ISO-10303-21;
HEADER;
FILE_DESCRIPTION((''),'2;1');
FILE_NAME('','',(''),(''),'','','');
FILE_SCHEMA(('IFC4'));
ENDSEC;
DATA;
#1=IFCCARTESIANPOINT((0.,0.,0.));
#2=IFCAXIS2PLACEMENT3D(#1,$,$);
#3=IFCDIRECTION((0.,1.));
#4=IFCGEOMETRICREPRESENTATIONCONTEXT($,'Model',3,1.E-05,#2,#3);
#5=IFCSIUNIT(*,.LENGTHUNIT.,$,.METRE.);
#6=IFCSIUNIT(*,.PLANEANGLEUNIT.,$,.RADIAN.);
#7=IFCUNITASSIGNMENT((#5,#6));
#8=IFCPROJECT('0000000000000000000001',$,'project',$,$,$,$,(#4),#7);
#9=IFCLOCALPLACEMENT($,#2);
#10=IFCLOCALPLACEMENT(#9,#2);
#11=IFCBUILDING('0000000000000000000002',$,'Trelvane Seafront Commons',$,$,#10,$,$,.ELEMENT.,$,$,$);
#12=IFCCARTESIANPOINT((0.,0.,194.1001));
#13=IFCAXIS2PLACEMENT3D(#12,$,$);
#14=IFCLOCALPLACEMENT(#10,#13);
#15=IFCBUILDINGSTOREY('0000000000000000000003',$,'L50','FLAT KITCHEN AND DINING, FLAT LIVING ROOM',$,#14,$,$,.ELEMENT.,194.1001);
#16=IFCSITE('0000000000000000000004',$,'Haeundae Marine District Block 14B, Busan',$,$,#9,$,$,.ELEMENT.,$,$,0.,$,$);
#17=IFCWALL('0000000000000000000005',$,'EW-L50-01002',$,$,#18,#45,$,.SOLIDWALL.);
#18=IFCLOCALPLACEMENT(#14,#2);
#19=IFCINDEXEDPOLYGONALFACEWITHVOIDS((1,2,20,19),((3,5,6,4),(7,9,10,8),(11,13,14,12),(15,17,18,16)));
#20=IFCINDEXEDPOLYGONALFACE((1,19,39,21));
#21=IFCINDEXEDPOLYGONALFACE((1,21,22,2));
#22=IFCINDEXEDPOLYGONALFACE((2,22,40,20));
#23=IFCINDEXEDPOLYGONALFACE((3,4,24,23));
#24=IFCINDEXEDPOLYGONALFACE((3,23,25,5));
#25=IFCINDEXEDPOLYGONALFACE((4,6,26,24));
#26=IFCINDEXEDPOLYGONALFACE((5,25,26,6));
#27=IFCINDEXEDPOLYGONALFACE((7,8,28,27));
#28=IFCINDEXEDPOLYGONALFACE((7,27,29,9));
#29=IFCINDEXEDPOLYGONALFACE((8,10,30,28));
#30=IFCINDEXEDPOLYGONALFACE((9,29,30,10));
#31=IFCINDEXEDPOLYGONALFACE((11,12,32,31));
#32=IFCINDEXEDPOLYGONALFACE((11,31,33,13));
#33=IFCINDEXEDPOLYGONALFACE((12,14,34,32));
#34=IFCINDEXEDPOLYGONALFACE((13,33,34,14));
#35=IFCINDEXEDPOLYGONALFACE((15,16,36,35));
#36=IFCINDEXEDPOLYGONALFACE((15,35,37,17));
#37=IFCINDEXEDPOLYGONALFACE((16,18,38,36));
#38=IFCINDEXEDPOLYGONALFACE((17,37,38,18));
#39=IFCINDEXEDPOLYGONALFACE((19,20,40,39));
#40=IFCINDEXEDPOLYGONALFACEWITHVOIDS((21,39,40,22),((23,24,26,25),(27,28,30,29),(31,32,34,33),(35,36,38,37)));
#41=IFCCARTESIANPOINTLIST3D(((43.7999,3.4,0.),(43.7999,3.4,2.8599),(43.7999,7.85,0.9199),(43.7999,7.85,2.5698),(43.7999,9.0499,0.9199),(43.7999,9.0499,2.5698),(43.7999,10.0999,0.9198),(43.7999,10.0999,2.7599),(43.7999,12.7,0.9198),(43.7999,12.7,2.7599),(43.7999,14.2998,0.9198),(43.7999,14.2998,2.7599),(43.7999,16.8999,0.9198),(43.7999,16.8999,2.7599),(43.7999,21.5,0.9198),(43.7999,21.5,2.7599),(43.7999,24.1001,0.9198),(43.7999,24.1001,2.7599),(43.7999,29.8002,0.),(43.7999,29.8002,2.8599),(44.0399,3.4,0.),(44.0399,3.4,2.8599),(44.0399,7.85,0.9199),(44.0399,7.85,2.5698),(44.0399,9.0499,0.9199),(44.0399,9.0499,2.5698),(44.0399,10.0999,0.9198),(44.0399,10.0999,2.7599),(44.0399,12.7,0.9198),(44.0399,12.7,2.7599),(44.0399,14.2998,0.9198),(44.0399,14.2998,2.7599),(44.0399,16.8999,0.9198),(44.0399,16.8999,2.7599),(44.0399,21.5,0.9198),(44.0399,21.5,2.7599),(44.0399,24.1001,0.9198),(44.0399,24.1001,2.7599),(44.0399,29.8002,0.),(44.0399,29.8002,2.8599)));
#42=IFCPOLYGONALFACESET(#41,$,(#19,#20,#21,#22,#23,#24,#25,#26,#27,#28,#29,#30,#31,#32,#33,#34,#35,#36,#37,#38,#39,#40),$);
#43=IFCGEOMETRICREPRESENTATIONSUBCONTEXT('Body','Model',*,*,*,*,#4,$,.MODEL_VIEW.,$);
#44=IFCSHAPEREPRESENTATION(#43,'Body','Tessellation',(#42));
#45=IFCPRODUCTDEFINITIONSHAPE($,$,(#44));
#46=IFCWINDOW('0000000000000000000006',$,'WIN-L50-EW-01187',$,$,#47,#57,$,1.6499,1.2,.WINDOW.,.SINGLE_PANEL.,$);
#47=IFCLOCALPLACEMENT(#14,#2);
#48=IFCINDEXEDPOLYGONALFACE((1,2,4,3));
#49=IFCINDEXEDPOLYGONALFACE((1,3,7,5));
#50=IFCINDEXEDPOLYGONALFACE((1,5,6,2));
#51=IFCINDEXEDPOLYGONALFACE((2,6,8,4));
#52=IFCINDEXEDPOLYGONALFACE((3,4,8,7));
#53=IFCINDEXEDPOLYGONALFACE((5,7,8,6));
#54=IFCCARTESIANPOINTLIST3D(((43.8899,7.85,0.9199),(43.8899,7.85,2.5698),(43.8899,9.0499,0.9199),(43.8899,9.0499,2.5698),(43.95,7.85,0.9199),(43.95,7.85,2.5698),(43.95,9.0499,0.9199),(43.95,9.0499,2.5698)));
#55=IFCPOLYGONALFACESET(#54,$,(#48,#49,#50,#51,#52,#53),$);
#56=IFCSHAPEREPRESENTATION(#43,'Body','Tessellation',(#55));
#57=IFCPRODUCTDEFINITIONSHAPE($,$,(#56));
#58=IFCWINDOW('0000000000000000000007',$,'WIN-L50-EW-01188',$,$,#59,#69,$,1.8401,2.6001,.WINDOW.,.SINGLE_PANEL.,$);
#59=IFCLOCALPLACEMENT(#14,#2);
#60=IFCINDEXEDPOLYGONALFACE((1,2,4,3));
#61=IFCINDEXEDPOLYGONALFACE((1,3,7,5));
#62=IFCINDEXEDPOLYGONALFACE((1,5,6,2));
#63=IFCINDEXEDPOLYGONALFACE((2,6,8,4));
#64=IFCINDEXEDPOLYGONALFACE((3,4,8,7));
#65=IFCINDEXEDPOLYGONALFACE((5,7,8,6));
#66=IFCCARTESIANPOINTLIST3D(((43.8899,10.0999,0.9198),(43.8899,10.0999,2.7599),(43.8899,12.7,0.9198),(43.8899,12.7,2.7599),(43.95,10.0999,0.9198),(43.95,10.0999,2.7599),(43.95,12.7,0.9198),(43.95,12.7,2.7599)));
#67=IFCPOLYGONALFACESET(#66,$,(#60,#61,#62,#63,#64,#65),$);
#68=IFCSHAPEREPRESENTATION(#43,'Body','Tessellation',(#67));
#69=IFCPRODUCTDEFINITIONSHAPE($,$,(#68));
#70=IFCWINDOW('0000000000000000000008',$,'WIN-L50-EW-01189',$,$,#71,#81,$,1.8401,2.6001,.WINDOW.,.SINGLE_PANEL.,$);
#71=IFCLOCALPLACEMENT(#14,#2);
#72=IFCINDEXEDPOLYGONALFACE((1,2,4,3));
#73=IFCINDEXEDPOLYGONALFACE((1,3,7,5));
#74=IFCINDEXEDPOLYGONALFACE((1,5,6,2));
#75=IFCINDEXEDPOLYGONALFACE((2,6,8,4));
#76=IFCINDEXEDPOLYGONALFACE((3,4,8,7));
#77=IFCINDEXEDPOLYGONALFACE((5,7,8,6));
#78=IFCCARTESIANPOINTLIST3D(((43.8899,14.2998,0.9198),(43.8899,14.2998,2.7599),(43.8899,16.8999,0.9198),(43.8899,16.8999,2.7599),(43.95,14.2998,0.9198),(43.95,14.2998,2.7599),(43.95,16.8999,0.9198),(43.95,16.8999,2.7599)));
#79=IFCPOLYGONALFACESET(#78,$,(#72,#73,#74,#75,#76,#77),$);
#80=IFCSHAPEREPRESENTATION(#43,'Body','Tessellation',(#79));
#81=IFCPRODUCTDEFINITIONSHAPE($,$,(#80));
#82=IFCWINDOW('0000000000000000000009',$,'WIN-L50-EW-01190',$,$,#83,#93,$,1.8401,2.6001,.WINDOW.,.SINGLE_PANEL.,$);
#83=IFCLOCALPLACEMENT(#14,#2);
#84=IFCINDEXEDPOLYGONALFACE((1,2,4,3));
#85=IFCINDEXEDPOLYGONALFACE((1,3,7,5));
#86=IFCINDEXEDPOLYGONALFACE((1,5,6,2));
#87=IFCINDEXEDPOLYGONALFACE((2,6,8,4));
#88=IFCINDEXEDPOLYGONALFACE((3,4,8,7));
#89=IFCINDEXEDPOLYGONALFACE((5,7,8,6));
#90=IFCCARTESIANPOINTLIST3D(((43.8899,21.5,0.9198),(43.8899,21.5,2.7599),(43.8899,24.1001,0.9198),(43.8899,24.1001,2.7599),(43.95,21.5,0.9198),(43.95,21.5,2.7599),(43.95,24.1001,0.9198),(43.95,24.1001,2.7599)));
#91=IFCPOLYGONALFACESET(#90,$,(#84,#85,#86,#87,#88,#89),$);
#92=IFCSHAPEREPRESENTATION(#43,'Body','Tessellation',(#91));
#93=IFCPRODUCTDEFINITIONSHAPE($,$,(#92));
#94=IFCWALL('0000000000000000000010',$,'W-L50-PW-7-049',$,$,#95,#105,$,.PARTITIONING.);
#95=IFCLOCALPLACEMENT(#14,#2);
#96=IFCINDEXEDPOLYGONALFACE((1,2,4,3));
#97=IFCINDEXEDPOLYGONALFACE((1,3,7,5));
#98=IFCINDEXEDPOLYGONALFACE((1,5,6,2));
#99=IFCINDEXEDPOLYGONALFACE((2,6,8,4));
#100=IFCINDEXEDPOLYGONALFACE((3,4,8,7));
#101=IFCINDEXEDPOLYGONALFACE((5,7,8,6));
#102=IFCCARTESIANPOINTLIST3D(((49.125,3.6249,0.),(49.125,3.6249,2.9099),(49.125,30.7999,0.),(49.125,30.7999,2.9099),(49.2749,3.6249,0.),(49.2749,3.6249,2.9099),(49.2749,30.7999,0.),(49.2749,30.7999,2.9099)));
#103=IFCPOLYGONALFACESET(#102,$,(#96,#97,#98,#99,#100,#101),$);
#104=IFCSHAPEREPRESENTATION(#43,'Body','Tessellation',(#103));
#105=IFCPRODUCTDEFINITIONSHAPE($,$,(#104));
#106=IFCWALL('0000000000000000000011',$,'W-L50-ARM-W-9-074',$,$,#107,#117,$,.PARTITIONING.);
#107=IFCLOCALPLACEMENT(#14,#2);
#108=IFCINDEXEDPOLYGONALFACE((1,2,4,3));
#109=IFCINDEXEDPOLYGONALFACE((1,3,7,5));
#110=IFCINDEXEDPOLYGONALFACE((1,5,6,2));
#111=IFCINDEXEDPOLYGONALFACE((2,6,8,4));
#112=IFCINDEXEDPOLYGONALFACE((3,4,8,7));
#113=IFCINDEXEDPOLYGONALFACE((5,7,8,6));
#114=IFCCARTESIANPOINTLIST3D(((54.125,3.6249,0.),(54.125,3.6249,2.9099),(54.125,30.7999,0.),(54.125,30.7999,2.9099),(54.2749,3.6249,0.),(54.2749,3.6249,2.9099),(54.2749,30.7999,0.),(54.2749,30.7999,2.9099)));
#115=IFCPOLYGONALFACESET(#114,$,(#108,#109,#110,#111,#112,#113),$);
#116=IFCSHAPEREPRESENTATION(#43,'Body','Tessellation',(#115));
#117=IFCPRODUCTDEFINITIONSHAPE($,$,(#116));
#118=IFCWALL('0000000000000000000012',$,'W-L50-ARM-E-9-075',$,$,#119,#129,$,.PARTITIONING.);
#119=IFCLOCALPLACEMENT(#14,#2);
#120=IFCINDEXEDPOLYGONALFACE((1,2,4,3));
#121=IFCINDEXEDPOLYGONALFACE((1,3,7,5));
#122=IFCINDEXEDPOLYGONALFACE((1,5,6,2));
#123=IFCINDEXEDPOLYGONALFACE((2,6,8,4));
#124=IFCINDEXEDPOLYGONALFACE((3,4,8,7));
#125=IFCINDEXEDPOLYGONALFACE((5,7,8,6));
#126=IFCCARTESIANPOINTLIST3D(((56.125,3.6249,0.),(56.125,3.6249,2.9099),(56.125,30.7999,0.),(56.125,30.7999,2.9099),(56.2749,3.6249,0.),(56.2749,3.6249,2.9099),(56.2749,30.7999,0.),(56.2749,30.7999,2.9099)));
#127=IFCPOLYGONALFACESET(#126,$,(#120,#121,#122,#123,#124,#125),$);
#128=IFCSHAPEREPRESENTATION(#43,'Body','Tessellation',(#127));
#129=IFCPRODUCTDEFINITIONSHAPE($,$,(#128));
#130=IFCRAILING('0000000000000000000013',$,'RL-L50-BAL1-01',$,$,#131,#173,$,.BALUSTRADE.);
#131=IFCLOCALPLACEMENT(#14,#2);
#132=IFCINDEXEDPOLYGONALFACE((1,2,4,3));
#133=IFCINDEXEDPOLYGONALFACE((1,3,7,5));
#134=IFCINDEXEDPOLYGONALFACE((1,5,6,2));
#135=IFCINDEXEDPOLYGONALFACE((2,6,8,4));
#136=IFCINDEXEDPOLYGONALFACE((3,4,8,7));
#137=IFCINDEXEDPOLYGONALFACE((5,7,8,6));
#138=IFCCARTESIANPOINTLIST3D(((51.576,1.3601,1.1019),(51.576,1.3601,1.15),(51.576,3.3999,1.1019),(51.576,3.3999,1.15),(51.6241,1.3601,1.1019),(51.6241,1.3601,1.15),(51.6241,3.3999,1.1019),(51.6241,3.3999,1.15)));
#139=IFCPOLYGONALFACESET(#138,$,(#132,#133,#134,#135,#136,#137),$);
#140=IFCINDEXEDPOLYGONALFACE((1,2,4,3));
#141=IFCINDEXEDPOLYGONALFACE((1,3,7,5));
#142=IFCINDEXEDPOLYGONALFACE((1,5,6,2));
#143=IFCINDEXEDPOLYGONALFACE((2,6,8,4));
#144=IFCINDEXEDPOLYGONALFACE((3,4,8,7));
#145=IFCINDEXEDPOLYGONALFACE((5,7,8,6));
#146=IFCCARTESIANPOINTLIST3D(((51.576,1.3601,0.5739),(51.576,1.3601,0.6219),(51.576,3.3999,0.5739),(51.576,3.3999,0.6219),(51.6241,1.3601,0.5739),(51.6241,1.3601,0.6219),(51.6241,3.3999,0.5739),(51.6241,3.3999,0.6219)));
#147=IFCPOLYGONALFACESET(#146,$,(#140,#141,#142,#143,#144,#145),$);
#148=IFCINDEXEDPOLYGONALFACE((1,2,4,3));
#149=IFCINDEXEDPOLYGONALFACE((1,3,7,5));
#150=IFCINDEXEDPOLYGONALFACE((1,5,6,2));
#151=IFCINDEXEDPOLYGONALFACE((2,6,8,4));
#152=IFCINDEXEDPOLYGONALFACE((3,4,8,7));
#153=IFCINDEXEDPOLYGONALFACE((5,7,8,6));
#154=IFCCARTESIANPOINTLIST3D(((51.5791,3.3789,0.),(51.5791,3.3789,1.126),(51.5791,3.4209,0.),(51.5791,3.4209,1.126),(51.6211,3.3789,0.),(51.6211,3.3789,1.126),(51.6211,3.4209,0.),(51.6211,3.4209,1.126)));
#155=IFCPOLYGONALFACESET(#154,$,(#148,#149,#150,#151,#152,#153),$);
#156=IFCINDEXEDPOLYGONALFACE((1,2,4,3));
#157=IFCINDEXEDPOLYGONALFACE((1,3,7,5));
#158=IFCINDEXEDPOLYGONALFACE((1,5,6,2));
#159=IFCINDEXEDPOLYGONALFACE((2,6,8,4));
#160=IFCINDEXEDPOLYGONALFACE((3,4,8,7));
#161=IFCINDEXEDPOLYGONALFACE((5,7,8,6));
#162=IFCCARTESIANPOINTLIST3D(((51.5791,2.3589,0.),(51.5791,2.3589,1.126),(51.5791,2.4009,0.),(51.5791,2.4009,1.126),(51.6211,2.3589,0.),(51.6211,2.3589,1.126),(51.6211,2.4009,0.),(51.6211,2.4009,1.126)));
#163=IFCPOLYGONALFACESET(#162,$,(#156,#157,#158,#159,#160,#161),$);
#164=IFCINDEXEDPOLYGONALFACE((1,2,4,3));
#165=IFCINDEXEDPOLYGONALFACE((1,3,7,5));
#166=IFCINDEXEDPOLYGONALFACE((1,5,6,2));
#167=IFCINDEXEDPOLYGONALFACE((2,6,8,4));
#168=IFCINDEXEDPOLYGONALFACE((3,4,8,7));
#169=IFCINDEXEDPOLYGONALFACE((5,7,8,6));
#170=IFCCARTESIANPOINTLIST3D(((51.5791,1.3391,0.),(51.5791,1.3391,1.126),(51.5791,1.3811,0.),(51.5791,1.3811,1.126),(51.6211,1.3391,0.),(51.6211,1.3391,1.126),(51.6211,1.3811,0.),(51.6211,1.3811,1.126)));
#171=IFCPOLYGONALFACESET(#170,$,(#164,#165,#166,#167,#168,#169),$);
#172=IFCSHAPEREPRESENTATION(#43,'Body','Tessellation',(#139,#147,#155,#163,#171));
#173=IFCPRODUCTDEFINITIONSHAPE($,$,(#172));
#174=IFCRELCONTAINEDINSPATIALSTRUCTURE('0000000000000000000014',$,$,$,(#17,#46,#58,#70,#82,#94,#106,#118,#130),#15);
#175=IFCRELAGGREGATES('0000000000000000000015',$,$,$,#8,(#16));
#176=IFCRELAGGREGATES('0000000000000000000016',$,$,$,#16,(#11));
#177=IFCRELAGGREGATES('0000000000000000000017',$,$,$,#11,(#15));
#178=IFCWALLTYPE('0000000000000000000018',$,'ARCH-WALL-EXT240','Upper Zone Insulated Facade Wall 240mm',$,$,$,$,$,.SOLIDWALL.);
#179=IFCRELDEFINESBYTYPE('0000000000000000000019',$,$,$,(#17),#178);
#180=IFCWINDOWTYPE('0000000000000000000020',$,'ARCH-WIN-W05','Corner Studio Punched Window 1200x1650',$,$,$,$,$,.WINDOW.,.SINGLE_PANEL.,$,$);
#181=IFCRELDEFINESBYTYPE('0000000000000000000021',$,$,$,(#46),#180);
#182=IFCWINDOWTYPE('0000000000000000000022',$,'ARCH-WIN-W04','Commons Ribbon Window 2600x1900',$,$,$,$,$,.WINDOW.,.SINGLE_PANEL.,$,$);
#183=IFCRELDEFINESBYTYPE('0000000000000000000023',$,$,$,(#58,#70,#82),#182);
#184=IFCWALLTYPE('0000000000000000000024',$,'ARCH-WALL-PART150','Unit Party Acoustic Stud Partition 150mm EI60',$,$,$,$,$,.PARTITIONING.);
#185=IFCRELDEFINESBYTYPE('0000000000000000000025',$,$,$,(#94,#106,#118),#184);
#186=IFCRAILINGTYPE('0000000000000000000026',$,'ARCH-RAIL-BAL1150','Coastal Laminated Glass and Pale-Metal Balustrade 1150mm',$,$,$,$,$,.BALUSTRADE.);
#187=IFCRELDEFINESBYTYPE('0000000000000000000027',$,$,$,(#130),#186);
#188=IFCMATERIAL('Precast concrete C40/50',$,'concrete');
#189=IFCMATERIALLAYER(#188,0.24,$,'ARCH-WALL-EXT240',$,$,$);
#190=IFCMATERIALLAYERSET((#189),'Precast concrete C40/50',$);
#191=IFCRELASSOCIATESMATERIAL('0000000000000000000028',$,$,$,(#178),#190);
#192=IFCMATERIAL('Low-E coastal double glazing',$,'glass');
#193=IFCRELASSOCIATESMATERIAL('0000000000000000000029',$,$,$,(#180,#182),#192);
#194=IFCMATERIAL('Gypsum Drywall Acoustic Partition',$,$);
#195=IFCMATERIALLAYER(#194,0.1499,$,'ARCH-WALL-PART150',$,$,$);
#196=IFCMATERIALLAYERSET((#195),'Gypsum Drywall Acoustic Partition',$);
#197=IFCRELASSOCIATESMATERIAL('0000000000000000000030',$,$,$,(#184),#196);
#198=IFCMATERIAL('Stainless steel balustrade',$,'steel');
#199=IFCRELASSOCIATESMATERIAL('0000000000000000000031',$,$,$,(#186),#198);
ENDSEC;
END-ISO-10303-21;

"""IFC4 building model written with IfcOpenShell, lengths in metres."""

from ifc_helpers import new_model, si_unit, direction, frame, frame_2d, origin, origin_2d, place, context, subcontext, project, spatial, rectangle, extrude, source, transform, mapped, material, layer, layer_set, type_object, element, fill, save


model = new_model("IFC4")

# Units and contexts
model_context = context("Model", 3, precision=1e-05, world=origin(), true_north=direction((0.0, 1.0)))
body_context = subcontext(model_context, "Body", "Model", "MODEL_VIEW")
ifc_project = project(units=[si_unit("LENGTHUNIT", "METRE"), si_unit("PLANEANGLEUNIT", "RADIAN")], contexts=[model_context])

# Site, building, storey
site_placement = place(None, origin())
site = spatial("IfcSite", under=ifc_project, at=site_placement, Name="Haeundae Marine District Block 14B, Busan", CompositionType="ELEMENT", RefElevation=0.0)
building_placement = place(site_placement, origin())
building = spatial("IfcBuilding", under=site, at=building_placement, Name="Trelvane Seafront Commons", CompositionType="ELEMENT")
storey_placement = place(building_placement, frame((0.0, 0.0, 194.1001)))
storey = spatial("IfcBuildingStorey", under=building, at=storey_placement, Name="L50", Description="FLAT KITCHEN AND DINING, FLAT LIVING ROOM", CompositionType="ELEMENT", Elevation=194.1001)

# Wall, openings, windows
ifc_material_1 = material(Name="Precast concrete C40/50", Category="concrete")
ifc_layer_1 = layer(ifc_material_1, 0.24, Name="ARCH-WALL-EXT240")
ifc_layer_set_1 = layer_set([ifc_layer_1], Name="Precast concrete C40/50")
wall_type_1 = type_object("IfcWallType", Name="ARCH-WALL-EXT240", Description="Upper Zone Insulated Facade Wall 240mm", PredefinedType="SOLIDWALL", material=ifc_layer_set_1)
wall_placement = place(storey_placement, frame((43.9199, 3.3999, 0.0), z_axis=(0.0, 0.0, 1.0), x_axis=(0.0, 1.0, 0.0)))
wall = element("IfcWall", 1, at=wall_placement, inside=storey, type_object=wall_type_1, Name="EW-L50-01002", PredefinedType="SOLIDWALL", context=body_context, shape_type="SweptSolid", body=[
    extrude(rectangle(XDim=26.4001, YDim=0.24, at=frame_2d((13.2002, 0.0))), origin(), (0.0, 0.0, 1.0), 2.8599),
])
opening_1_placement = place(wall_placement, frame((4.45, 0.0, 0.9199)))
opening_1 = element("IfcOpeningElement", 2, at=opening_1_placement, cuts=wall, PredefinedType="OPENING", context=body_context, shape_type="SweptSolid", body=[
    extrude(rectangle(XDim=1.2, YDim=1.6499, at=frame_2d((0.6001, 0.825))), frame((0.0, 0.1299, 0.0), z_axis=(0.0, -1.0, 0.0), x_axis=(1.0, 0.0, 0.0)), (0.0, 0.0, 1.0), 0.26),
])
opening_2_placement = place(wall_placement, frame((6.7, 0.0, 0.9199)))
opening_2 = element("IfcOpeningElement", 3, at=opening_2_placement, cuts=wall, PredefinedType="OPENING", context=body_context, shape_type="SweptSolid", body=[
    extrude(rectangle(XDim=2.6001, YDim=1.8401, at=frame_2d((1.3, 0.9199))), frame((0.0, 0.1299, 0.0), z_axis=(0.0, -1.0, 0.0), x_axis=(1.0, 0.0, 0.0)), (0.0, 0.0, 1.0), 0.26),
])
opening_3_placement = place(wall_placement, frame((10.8999, 0.0, 0.9199)))
opening_3 = element("IfcOpeningElement", 4, at=opening_3_placement, cuts=wall, PredefinedType="OPENING", context=body_context, shape_type="SweptSolid", body=[
    extrude(rectangle(XDim=2.6001, YDim=1.8401, at=frame_2d((1.3, 0.9199))), frame((0.0, 0.1299, 0.0), z_axis=(0.0, -1.0, 0.0), x_axis=(1.0, 0.0, 0.0)), (0.0, 0.0, 1.0), 0.26),
])
opening_4_placement = place(wall_placement, frame((18.1001, 0.0, 0.9199)))
opening_4 = element("IfcOpeningElement", 5, at=opening_4_placement, cuts=wall, PredefinedType="OPENING", context=body_context, shape_type="SweptSolid", body=[
    extrude(rectangle(XDim=2.6001, YDim=1.8401, at=frame_2d((1.3, 0.9199))), frame((0.0, 0.1299, 0.0), z_axis=(0.0, -1.0, 0.0), x_axis=(1.0, 0.0, 0.0)), (0.0, 0.0, 1.0), 0.26),
])
ifc_material_2 = material(Name="Low-E coastal double glazing", Category="glass")
window_type_1 = type_object("IfcWindowType", Name="ARCH-WIN-W05", Description="Corner Studio Punched Window 1200x1650", PartitioningType="SINGLE_PANEL", PredefinedType="WINDOW", material=ifc_material_2)
shared_shape_1 = source(origin(), body_context, "Body", "SweptSolid", [
    extrude(rectangle(XDim=1.2, YDim=1.6499, at=frame_2d((0.6001, 0.825))), frame((0.0, 0.03, 0.0), z_axis=(0.0, -1.0, 0.0), x_axis=(1.0, 0.0, 0.0)), (0.0, 0.0, 1.0), 0.0601),
])
window_1_placement = place(opening_1_placement, origin())
window_1 = element("IfcWindow", 6, at=window_1_placement, inside=storey, type_object=window_type_1, Name="WIN-L50-EW-01187", OverallHeight=1.6499, OverallWidth=1.2, PartitioningType="SINGLE_PANEL", PredefinedType="WINDOW", context=body_context, shape_type="MappedRepresentation", body=[
    mapped(shared_shape_1, transform((0.0, 0.0, 0.0), x_axis=(1.0, 0.0, 0.0), y_axis=(0.0, 1.0, 0.0), z_axis=(0.0, 0.0, 1.0), scale=1.0)),
])
fill(opening_1, window_1)
window_type_2 = type_object("IfcWindowType", Name="ARCH-WIN-W04", Description="Commons Ribbon Window 2600x1900", PartitioningType="SINGLE_PANEL", PredefinedType="WINDOW", material=ifc_material_2)
shared_shape_2 = source(origin(), body_context, "Body", "SweptSolid", [
    extrude(rectangle(XDim=2.6001, YDim=1.8401, at=frame_2d((1.3, 0.9199))), frame((0.0, 0.03, 0.0), z_axis=(0.0, -1.0, 0.0), x_axis=(1.0, 0.0, 0.0)), (0.0, 0.0, 1.0), 0.0601),
])
window_2_placement = place(opening_2_placement, origin())
window_2 = element("IfcWindow", 7, at=window_2_placement, inside=storey, type_object=window_type_2, Name="WIN-L50-EW-01188", OverallHeight=1.8401, OverallWidth=2.6001, PartitioningType="SINGLE_PANEL", PredefinedType="WINDOW", context=body_context, shape_type="MappedRepresentation", body=[
    mapped(shared_shape_2, transform((0.0, 0.0, 0.0), x_axis=(1.0, 0.0, 0.0), y_axis=(0.0, 1.0, 0.0), z_axis=(0.0, 0.0, 1.0), scale=1.0)),
])
fill(opening_2, window_2)
window_3_placement = place(opening_3_placement, origin())
window_3 = element("IfcWindow", 8, at=window_3_placement, inside=storey, type_object=window_type_2, Name="WIN-L50-EW-01189", OverallHeight=1.8401, OverallWidth=2.6001, PartitioningType="SINGLE_PANEL", PredefinedType="WINDOW", context=body_context, shape_type="MappedRepresentation", body=[
    mapped(shared_shape_2, transform((0.0, 0.0, 0.0), x_axis=(1.0, 0.0, 0.0), y_axis=(0.0, 1.0, 0.0), z_axis=(0.0, 0.0, 1.0), scale=1.0)),
])
fill(opening_3, window_3)
window_4_placement = place(opening_4_placement, origin())
window_4 = element("IfcWindow", 9, at=window_4_placement, inside=storey, type_object=window_type_2, Name="WIN-L50-EW-01190", OverallHeight=1.8401, OverallWidth=2.6001, PartitioningType="SINGLE_PANEL", PredefinedType="WINDOW", context=body_context, shape_type="MappedRepresentation", body=[
    mapped(shared_shape_2, transform((0.0, 0.0, 0.0), x_axis=(1.0, 0.0, 0.0), y_axis=(0.0, 1.0, 0.0), z_axis=(0.0, 0.0, 1.0), scale=1.0)),
])
fill(opening_4, window_4)

# Walls
ifc_material_3 = material(Name="Gypsum Drywall Acoustic Partition")
ifc_layer_2 = layer(ifc_material_3, 0.1499, Name="ARCH-WALL-PART150")
ifc_layer_set_2 = layer_set([ifc_layer_2], Name="Gypsum Drywall Acoustic Partition")
wall_type_2 = type_object("IfcWallType", Name="ARCH-WALL-PART150", Description="Unit Party Acoustic Stud Partition 150mm EI60", PredefinedType="PARTITIONING", material=ifc_layer_set_2)
for number, where, z_axis, x_axis, name in (
    (10, (49.2, 3.625, 0.0), (0.0, 0.0, 1.0), (0.0, 1.0, 0.0), "W-L50-PW-7-049"),
    (11, (54.2, 3.625, 0.0), (0.0, 0.0, 1.0), (0.0, 1.0, 0.0), "W-L50-ARM-W-9-074"),
    (12, (56.2, 3.625, 0.0), (0.0, 0.0, 1.0), (0.0, 1.0, 0.0), "W-L50-ARM-E-9-075"),
):
    element("IfcWall", number, at=place(storey_placement, frame(where, z_axis=z_axis, x_axis=x_axis)), inside=storey, type_object=wall_type_2, Name=name, PredefinedType="PARTITIONING", context=body_context, shape_type="SweptSolid", body=[
        extrude(rectangle(XDim=27.175, YDim=0.1499, at=frame_2d((13.5874, 0.0))), origin(), (0.0, 0.0, 1.0), 2.9099),
    ])

# Railing
ifc_material_4 = material(Name="Stainless steel balustrade", Category="steel")
railing_type = type_object("IfcRailingType", Name="ARCH-RAIL-BAL1150", Description="Coastal Laminated Glass and Pale-Metal Balustrade 1150mm", PredefinedType="BALUSTRADE", material=ifc_material_4)
railing_1_placement = place(storey_placement, frame((51.6001, 3.3999, 0.0)))
element("IfcRailing", 13, at=railing_1_placement, inside=storey, type_object=railing_type, Name="RL-L50-BAL1-01", PredefinedType="BALUSTRADE", context=body_context, shape_type="SweptSolid", body=[
    extrude(rectangle(XDim=0.0481, YDim=0.0481, at=origin_2d()), frame((0.0, 0.0, 1.126), z_axis=(0.0, -1.0, 0.0), x_axis=(1.0, 0.0, 0.0)), (0.0, 0.0, 1.0), 2.0398),
    extrude(rectangle(XDim=0.0481, YDim=0.0481, at=origin_2d()), frame((0.0, 0.0, 0.5979), z_axis=(0.0, -1.0, 0.0), x_axis=(1.0, 0.0, 0.0)), (0.0, 0.0, 1.0), 2.0398),
    extrude(rectangle(XDim=0.042, YDim=0.042, at=origin_2d()), origin(), (0.0, 0.0, 1.0), 1.126),
    extrude(rectangle(XDim=0.042, YDim=0.042, at=origin_2d()), frame((0.0, -1.02, 0.0)), (0.0, 0.0, 1.0), 1.126),
    extrude(rectangle(XDim=0.042, YDim=0.042, at=origin_2d()), frame((0.0, -2.0398, 0.0)), (0.0, 0.0, 1.0), 1.126),
])

save(model, "model.ifc")
